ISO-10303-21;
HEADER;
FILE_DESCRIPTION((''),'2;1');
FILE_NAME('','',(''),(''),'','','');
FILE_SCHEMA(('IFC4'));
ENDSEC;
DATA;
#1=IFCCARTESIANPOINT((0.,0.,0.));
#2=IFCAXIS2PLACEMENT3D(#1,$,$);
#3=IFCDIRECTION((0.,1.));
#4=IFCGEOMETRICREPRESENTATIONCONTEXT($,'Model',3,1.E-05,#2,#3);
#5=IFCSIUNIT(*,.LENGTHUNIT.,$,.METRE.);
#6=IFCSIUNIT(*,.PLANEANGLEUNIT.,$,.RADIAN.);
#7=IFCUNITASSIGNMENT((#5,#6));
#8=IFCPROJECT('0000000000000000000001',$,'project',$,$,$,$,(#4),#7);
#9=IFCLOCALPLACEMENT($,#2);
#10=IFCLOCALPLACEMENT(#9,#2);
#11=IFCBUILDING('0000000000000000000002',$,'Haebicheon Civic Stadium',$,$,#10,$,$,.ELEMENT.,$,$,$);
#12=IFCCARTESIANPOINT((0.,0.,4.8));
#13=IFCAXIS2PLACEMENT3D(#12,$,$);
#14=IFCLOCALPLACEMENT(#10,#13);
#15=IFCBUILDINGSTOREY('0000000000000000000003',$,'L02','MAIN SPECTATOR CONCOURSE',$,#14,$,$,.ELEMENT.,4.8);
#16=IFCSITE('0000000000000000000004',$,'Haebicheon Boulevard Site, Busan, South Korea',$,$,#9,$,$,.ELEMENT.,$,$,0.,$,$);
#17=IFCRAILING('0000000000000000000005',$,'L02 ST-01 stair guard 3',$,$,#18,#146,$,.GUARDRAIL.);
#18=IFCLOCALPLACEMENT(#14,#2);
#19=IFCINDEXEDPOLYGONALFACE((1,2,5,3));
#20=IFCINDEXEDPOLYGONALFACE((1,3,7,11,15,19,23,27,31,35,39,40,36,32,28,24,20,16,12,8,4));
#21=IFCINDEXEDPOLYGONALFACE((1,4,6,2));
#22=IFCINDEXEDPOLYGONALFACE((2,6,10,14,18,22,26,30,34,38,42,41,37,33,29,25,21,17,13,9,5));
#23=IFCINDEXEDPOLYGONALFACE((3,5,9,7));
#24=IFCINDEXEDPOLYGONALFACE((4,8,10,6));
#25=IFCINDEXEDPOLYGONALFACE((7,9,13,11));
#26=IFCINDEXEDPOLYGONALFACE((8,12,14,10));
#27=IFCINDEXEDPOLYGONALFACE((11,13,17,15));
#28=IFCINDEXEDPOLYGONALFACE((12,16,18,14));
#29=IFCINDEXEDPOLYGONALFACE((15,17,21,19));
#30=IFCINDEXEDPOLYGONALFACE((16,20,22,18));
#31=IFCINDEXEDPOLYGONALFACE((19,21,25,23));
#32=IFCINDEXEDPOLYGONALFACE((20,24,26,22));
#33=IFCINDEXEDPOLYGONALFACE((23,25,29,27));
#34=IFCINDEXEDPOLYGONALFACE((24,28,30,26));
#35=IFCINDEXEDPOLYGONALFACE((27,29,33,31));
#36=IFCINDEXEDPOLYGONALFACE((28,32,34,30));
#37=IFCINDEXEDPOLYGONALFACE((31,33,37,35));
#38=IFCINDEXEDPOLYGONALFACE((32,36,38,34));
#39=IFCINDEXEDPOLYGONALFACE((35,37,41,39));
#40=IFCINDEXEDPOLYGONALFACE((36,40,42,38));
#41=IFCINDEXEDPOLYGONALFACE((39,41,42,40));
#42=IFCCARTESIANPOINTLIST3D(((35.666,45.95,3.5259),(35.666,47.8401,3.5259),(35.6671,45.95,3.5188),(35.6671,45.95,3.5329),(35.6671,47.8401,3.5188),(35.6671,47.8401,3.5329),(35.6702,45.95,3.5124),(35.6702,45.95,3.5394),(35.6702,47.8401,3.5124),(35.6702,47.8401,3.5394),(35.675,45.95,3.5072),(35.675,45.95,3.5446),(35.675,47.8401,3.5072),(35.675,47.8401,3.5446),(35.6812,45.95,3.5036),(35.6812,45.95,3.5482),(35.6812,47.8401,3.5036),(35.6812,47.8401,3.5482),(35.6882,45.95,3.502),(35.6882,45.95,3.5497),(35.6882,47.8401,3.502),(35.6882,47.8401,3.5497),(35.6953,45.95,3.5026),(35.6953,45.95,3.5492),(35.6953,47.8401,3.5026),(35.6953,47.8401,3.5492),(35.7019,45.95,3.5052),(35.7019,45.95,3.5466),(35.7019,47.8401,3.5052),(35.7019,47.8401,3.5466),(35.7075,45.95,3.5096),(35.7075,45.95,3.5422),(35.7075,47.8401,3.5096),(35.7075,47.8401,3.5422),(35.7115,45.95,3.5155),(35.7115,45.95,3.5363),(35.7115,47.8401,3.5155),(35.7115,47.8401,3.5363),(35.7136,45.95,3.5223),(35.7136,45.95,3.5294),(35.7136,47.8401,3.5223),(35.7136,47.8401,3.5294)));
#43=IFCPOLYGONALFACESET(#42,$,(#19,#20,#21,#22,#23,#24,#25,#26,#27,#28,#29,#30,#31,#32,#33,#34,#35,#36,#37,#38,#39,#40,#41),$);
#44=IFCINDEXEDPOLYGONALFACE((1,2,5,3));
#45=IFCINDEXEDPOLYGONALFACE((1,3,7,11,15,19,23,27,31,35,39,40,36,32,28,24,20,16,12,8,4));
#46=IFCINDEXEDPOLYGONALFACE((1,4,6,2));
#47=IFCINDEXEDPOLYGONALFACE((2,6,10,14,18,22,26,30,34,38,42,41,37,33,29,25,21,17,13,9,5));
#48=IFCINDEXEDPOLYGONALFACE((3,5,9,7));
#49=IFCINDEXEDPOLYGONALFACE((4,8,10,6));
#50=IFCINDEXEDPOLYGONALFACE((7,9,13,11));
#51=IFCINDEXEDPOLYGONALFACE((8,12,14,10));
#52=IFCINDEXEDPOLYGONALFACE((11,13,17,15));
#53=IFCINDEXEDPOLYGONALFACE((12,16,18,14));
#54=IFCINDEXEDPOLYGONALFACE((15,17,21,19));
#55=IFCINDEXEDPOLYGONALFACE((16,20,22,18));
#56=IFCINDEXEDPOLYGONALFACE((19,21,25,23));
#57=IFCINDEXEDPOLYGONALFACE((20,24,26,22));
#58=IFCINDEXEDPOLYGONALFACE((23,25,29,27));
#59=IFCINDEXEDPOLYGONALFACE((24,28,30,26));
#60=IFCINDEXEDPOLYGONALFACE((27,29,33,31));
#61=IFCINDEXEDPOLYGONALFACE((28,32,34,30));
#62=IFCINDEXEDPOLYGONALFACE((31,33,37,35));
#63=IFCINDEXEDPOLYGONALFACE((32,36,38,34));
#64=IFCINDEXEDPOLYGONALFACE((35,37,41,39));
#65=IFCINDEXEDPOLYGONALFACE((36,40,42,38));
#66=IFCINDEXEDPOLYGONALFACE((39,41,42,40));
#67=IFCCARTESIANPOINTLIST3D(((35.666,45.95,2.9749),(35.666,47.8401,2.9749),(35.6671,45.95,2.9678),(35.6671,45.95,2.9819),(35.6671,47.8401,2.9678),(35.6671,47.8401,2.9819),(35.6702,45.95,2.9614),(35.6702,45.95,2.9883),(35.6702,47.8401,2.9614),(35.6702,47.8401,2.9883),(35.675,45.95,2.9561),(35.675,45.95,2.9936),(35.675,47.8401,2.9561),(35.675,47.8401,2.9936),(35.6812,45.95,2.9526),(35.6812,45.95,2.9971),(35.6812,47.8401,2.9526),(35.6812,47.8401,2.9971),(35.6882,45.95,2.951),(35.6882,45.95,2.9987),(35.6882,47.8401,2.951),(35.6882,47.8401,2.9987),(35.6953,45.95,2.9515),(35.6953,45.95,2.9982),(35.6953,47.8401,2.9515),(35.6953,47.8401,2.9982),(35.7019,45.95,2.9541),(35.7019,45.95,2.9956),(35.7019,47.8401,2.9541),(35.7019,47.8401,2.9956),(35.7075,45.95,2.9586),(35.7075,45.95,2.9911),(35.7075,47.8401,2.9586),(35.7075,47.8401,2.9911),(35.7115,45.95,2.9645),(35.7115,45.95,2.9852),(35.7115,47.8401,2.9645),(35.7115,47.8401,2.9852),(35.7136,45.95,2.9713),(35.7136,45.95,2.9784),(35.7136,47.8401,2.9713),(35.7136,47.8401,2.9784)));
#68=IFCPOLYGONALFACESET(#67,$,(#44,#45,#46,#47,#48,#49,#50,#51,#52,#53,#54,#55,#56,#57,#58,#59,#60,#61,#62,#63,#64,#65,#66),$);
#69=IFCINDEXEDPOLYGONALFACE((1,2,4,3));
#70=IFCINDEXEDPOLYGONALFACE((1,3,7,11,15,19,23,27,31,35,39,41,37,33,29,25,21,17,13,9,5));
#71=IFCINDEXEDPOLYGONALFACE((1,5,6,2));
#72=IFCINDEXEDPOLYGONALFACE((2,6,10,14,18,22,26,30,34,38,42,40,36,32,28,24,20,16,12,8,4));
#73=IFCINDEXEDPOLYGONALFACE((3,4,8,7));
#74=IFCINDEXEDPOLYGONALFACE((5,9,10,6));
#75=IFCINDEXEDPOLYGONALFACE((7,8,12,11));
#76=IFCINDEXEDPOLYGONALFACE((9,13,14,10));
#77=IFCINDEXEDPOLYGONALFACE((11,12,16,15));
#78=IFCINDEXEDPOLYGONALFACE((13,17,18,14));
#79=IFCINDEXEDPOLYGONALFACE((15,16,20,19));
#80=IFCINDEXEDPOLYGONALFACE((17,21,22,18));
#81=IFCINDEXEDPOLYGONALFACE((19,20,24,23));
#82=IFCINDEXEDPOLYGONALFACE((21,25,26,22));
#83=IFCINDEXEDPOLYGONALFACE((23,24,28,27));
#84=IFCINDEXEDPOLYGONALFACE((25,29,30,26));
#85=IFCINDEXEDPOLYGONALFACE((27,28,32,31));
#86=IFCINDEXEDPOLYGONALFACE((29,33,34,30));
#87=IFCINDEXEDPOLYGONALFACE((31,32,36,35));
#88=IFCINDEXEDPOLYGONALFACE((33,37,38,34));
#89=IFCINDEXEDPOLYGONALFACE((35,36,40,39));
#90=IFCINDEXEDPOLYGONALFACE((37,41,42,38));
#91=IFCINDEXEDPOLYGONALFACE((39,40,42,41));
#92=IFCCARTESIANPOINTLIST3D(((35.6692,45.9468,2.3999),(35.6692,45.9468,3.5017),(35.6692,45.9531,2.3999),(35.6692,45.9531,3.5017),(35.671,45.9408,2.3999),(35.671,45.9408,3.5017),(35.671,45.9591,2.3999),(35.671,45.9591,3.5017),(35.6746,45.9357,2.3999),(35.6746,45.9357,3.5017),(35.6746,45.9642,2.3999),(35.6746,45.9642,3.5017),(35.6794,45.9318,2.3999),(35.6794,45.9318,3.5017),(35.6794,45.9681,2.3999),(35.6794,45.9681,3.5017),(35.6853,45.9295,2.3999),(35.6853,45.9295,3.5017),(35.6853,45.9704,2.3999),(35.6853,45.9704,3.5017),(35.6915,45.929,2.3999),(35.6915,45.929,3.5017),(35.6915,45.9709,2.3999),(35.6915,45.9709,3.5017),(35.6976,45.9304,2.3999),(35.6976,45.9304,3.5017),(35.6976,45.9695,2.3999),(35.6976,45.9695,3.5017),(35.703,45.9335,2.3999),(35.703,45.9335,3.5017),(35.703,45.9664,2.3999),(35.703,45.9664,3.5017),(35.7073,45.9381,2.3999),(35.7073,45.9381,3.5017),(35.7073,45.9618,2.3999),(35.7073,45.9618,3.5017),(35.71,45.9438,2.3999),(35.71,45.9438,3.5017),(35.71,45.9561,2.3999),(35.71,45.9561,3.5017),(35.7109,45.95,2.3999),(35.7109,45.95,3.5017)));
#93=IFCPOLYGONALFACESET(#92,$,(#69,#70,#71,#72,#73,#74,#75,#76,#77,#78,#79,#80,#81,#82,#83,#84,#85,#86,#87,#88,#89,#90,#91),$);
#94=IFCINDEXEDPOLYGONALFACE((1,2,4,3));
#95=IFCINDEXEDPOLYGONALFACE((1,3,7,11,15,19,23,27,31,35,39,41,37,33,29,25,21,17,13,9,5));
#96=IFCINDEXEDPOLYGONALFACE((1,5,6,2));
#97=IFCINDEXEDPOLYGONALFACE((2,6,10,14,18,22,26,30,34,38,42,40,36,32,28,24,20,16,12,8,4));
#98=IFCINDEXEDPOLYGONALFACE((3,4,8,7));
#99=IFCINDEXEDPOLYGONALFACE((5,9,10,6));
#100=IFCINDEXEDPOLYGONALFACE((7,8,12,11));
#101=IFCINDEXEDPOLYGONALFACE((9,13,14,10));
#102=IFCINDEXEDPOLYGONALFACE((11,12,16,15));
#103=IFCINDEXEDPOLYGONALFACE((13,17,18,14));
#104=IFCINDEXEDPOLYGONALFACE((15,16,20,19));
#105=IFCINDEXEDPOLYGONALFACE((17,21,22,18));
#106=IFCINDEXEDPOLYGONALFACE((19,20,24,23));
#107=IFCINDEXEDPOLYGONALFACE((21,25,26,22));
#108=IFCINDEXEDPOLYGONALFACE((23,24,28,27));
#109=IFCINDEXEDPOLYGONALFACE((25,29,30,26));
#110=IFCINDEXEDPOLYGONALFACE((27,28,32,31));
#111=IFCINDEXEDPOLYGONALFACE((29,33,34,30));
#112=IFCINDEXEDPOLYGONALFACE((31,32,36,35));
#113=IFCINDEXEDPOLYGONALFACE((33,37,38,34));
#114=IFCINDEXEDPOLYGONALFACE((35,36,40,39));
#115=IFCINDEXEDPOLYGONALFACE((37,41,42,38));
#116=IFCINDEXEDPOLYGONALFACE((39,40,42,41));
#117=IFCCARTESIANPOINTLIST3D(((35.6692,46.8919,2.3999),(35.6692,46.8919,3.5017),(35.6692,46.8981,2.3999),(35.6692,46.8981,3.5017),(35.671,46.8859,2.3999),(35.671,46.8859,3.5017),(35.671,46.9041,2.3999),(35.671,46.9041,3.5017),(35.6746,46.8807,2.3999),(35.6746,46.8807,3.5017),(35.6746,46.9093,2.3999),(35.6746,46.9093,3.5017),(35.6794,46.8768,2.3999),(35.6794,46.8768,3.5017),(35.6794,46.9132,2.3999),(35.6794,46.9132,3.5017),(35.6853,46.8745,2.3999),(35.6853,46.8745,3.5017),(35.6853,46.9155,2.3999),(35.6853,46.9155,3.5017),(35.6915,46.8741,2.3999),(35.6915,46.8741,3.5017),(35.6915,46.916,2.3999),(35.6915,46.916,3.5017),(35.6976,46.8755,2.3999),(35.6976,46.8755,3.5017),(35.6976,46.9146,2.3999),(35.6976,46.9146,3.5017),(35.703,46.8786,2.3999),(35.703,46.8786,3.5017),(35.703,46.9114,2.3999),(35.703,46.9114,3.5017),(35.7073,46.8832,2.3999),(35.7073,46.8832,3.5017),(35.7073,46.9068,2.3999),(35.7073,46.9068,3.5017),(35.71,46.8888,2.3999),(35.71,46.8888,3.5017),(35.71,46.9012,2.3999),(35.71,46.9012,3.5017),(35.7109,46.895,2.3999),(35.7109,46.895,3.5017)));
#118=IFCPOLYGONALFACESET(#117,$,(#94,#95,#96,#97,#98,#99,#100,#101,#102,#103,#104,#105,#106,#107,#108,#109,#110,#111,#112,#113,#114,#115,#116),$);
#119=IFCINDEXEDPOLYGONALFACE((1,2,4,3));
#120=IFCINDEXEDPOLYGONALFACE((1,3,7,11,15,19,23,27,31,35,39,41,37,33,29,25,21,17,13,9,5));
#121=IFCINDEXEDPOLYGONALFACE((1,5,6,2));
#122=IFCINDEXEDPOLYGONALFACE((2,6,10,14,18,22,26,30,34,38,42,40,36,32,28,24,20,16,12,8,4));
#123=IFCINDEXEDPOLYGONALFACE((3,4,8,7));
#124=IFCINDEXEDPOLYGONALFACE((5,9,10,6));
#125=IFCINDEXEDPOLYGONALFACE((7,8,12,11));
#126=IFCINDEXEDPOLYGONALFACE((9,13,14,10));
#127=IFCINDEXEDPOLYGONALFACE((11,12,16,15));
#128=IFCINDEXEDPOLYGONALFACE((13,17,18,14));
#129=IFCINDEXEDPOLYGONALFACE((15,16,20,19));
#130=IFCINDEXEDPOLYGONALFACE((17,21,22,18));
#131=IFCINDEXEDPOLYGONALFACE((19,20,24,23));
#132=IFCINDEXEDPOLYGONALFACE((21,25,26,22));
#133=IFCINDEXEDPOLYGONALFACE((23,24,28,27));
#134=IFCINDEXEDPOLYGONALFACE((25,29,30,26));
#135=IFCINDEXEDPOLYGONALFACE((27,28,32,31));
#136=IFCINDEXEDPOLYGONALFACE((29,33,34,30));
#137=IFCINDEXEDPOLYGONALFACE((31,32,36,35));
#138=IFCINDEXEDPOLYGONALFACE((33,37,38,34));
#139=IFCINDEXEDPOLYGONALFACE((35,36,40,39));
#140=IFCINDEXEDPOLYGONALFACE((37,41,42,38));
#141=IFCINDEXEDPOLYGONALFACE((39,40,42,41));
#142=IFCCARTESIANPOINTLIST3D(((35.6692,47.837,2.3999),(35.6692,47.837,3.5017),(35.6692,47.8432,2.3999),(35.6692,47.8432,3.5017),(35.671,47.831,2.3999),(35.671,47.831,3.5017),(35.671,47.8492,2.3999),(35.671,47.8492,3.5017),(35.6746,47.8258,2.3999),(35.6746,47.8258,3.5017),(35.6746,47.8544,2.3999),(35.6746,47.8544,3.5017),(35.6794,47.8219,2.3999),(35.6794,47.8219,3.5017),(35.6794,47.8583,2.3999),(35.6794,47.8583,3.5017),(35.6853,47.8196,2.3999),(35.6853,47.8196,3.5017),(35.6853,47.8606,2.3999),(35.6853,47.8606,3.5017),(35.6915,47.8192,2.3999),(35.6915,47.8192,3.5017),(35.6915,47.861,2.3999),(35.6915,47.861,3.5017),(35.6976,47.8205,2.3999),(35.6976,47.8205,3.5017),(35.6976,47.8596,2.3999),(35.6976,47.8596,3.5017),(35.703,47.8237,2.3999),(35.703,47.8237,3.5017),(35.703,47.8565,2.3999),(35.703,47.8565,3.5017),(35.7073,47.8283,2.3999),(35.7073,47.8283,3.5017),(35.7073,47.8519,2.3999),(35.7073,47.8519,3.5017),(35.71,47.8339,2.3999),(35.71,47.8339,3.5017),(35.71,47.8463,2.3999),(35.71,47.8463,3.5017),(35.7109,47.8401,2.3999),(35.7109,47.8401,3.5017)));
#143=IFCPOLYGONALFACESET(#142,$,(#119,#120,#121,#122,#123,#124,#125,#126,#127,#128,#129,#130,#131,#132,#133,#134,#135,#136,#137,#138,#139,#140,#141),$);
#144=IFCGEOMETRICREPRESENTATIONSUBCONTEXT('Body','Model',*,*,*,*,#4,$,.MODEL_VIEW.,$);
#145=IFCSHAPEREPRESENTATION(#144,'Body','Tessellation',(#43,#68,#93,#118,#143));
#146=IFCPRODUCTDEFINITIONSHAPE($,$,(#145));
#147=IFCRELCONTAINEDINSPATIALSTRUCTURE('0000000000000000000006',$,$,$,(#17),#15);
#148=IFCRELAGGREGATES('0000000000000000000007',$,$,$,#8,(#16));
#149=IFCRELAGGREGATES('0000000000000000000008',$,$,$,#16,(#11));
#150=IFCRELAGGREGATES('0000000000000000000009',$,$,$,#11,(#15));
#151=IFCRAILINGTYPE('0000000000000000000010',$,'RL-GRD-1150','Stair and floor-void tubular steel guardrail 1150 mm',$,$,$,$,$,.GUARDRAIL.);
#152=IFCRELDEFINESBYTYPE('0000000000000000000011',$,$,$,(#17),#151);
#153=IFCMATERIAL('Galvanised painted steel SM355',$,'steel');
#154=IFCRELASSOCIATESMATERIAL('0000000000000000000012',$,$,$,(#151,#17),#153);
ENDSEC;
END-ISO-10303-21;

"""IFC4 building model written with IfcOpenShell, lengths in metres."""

from ifc_helpers import new_model, si_unit, direction, frame, origin, origin_2d, place, context, subcontext, project, spatial, circle, extrude, material, type_object, element, save


model = new_model("IFC4")

# Units and contexts
model_context = context("Model", 3, precision=1e-05, world=origin(), true_north=direction((0.0, 1.0)))
body_context = subcontext(model_context, "Body", "Model", "MODEL_VIEW")
ifc_project = project(units=[si_unit("LENGTHUNIT", "METRE"), si_unit("PLANEANGLEUNIT", "RADIAN")], contexts=[model_context])

# Site, building, storey
site_placement = place(None, origin())
site = spatial("IfcSite", under=ifc_project, at=site_placement, Name="Haebicheon Boulevard Site, Busan, South Korea", CompositionType="ELEMENT", RefElevation=0.0)
building_placement = place(site_placement, origin())
building = spatial("IfcBuilding", under=site, at=building_placement, Name="Haebicheon Civic Stadium", CompositionType="ELEMENT")
storey_placement = place(building_placement, frame((0.0, 0.0, 4.8)))
storey = spatial("IfcBuildingStorey", under=building, at=storey_placement, Name="L02", Description="MAIN SPECTATOR CONCOURSE", CompositionType="ELEMENT", Elevation=4.8)

# Railing
ifc_material_1 = material(Name="Galvanised painted steel SM355", Category="steel")
railing_type_1 = type_object("IfcRailingType", Name="RL-GRD-1150", Description="Stair and floor-void tubular steel guardrail 1150 mm", PredefinedType="GUARDRAIL", material=ifc_material_1)
railing_1_placement = place(storey_placement, frame((35.6899, 45.95, 2.3999)))
element("IfcRailing", 1, at=railing_1_placement, inside=storey, type_object=railing_type_1, material=ifc_material_1, Name="L02 ST-01 stair guard 3", PredefinedType="GUARDRAIL", context=body_context, shape_type="SweptSolid", body=[
    extrude(circle(Radius=0.0239, at=origin_2d()), frame((0.0, 0.0, 1.126), z_axis=(0.0, 1.0, 0.0), x_axis=(-1.0, 0.0, 0.0)), (0.0, 0.0, 1.0), 1.8901),
    extrude(circle(Radius=0.0239, at=origin_2d()), frame((0.0, 0.0, 0.575), z_axis=(0.0, 1.0, 0.0), x_axis=(-1.0, 0.0, 0.0)), (0.0, 0.0, 1.0), 1.8901),
    extrude(circle(Radius=0.021, at=origin_2d()), origin(), (0.0, 0.0, 1.0), 1.1018),
    extrude(circle(Radius=0.021, at=origin_2d()), frame((0.0, 0.9451, 0.0)), (0.0, 0.0, 1.0), 1.1018),
    extrude(circle(Radius=0.021, at=origin_2d()), frame((0.0, 1.8901, 0.0)), (0.0, 0.0, 1.0), 1.1018),
])

save(model, "model.ifc")
